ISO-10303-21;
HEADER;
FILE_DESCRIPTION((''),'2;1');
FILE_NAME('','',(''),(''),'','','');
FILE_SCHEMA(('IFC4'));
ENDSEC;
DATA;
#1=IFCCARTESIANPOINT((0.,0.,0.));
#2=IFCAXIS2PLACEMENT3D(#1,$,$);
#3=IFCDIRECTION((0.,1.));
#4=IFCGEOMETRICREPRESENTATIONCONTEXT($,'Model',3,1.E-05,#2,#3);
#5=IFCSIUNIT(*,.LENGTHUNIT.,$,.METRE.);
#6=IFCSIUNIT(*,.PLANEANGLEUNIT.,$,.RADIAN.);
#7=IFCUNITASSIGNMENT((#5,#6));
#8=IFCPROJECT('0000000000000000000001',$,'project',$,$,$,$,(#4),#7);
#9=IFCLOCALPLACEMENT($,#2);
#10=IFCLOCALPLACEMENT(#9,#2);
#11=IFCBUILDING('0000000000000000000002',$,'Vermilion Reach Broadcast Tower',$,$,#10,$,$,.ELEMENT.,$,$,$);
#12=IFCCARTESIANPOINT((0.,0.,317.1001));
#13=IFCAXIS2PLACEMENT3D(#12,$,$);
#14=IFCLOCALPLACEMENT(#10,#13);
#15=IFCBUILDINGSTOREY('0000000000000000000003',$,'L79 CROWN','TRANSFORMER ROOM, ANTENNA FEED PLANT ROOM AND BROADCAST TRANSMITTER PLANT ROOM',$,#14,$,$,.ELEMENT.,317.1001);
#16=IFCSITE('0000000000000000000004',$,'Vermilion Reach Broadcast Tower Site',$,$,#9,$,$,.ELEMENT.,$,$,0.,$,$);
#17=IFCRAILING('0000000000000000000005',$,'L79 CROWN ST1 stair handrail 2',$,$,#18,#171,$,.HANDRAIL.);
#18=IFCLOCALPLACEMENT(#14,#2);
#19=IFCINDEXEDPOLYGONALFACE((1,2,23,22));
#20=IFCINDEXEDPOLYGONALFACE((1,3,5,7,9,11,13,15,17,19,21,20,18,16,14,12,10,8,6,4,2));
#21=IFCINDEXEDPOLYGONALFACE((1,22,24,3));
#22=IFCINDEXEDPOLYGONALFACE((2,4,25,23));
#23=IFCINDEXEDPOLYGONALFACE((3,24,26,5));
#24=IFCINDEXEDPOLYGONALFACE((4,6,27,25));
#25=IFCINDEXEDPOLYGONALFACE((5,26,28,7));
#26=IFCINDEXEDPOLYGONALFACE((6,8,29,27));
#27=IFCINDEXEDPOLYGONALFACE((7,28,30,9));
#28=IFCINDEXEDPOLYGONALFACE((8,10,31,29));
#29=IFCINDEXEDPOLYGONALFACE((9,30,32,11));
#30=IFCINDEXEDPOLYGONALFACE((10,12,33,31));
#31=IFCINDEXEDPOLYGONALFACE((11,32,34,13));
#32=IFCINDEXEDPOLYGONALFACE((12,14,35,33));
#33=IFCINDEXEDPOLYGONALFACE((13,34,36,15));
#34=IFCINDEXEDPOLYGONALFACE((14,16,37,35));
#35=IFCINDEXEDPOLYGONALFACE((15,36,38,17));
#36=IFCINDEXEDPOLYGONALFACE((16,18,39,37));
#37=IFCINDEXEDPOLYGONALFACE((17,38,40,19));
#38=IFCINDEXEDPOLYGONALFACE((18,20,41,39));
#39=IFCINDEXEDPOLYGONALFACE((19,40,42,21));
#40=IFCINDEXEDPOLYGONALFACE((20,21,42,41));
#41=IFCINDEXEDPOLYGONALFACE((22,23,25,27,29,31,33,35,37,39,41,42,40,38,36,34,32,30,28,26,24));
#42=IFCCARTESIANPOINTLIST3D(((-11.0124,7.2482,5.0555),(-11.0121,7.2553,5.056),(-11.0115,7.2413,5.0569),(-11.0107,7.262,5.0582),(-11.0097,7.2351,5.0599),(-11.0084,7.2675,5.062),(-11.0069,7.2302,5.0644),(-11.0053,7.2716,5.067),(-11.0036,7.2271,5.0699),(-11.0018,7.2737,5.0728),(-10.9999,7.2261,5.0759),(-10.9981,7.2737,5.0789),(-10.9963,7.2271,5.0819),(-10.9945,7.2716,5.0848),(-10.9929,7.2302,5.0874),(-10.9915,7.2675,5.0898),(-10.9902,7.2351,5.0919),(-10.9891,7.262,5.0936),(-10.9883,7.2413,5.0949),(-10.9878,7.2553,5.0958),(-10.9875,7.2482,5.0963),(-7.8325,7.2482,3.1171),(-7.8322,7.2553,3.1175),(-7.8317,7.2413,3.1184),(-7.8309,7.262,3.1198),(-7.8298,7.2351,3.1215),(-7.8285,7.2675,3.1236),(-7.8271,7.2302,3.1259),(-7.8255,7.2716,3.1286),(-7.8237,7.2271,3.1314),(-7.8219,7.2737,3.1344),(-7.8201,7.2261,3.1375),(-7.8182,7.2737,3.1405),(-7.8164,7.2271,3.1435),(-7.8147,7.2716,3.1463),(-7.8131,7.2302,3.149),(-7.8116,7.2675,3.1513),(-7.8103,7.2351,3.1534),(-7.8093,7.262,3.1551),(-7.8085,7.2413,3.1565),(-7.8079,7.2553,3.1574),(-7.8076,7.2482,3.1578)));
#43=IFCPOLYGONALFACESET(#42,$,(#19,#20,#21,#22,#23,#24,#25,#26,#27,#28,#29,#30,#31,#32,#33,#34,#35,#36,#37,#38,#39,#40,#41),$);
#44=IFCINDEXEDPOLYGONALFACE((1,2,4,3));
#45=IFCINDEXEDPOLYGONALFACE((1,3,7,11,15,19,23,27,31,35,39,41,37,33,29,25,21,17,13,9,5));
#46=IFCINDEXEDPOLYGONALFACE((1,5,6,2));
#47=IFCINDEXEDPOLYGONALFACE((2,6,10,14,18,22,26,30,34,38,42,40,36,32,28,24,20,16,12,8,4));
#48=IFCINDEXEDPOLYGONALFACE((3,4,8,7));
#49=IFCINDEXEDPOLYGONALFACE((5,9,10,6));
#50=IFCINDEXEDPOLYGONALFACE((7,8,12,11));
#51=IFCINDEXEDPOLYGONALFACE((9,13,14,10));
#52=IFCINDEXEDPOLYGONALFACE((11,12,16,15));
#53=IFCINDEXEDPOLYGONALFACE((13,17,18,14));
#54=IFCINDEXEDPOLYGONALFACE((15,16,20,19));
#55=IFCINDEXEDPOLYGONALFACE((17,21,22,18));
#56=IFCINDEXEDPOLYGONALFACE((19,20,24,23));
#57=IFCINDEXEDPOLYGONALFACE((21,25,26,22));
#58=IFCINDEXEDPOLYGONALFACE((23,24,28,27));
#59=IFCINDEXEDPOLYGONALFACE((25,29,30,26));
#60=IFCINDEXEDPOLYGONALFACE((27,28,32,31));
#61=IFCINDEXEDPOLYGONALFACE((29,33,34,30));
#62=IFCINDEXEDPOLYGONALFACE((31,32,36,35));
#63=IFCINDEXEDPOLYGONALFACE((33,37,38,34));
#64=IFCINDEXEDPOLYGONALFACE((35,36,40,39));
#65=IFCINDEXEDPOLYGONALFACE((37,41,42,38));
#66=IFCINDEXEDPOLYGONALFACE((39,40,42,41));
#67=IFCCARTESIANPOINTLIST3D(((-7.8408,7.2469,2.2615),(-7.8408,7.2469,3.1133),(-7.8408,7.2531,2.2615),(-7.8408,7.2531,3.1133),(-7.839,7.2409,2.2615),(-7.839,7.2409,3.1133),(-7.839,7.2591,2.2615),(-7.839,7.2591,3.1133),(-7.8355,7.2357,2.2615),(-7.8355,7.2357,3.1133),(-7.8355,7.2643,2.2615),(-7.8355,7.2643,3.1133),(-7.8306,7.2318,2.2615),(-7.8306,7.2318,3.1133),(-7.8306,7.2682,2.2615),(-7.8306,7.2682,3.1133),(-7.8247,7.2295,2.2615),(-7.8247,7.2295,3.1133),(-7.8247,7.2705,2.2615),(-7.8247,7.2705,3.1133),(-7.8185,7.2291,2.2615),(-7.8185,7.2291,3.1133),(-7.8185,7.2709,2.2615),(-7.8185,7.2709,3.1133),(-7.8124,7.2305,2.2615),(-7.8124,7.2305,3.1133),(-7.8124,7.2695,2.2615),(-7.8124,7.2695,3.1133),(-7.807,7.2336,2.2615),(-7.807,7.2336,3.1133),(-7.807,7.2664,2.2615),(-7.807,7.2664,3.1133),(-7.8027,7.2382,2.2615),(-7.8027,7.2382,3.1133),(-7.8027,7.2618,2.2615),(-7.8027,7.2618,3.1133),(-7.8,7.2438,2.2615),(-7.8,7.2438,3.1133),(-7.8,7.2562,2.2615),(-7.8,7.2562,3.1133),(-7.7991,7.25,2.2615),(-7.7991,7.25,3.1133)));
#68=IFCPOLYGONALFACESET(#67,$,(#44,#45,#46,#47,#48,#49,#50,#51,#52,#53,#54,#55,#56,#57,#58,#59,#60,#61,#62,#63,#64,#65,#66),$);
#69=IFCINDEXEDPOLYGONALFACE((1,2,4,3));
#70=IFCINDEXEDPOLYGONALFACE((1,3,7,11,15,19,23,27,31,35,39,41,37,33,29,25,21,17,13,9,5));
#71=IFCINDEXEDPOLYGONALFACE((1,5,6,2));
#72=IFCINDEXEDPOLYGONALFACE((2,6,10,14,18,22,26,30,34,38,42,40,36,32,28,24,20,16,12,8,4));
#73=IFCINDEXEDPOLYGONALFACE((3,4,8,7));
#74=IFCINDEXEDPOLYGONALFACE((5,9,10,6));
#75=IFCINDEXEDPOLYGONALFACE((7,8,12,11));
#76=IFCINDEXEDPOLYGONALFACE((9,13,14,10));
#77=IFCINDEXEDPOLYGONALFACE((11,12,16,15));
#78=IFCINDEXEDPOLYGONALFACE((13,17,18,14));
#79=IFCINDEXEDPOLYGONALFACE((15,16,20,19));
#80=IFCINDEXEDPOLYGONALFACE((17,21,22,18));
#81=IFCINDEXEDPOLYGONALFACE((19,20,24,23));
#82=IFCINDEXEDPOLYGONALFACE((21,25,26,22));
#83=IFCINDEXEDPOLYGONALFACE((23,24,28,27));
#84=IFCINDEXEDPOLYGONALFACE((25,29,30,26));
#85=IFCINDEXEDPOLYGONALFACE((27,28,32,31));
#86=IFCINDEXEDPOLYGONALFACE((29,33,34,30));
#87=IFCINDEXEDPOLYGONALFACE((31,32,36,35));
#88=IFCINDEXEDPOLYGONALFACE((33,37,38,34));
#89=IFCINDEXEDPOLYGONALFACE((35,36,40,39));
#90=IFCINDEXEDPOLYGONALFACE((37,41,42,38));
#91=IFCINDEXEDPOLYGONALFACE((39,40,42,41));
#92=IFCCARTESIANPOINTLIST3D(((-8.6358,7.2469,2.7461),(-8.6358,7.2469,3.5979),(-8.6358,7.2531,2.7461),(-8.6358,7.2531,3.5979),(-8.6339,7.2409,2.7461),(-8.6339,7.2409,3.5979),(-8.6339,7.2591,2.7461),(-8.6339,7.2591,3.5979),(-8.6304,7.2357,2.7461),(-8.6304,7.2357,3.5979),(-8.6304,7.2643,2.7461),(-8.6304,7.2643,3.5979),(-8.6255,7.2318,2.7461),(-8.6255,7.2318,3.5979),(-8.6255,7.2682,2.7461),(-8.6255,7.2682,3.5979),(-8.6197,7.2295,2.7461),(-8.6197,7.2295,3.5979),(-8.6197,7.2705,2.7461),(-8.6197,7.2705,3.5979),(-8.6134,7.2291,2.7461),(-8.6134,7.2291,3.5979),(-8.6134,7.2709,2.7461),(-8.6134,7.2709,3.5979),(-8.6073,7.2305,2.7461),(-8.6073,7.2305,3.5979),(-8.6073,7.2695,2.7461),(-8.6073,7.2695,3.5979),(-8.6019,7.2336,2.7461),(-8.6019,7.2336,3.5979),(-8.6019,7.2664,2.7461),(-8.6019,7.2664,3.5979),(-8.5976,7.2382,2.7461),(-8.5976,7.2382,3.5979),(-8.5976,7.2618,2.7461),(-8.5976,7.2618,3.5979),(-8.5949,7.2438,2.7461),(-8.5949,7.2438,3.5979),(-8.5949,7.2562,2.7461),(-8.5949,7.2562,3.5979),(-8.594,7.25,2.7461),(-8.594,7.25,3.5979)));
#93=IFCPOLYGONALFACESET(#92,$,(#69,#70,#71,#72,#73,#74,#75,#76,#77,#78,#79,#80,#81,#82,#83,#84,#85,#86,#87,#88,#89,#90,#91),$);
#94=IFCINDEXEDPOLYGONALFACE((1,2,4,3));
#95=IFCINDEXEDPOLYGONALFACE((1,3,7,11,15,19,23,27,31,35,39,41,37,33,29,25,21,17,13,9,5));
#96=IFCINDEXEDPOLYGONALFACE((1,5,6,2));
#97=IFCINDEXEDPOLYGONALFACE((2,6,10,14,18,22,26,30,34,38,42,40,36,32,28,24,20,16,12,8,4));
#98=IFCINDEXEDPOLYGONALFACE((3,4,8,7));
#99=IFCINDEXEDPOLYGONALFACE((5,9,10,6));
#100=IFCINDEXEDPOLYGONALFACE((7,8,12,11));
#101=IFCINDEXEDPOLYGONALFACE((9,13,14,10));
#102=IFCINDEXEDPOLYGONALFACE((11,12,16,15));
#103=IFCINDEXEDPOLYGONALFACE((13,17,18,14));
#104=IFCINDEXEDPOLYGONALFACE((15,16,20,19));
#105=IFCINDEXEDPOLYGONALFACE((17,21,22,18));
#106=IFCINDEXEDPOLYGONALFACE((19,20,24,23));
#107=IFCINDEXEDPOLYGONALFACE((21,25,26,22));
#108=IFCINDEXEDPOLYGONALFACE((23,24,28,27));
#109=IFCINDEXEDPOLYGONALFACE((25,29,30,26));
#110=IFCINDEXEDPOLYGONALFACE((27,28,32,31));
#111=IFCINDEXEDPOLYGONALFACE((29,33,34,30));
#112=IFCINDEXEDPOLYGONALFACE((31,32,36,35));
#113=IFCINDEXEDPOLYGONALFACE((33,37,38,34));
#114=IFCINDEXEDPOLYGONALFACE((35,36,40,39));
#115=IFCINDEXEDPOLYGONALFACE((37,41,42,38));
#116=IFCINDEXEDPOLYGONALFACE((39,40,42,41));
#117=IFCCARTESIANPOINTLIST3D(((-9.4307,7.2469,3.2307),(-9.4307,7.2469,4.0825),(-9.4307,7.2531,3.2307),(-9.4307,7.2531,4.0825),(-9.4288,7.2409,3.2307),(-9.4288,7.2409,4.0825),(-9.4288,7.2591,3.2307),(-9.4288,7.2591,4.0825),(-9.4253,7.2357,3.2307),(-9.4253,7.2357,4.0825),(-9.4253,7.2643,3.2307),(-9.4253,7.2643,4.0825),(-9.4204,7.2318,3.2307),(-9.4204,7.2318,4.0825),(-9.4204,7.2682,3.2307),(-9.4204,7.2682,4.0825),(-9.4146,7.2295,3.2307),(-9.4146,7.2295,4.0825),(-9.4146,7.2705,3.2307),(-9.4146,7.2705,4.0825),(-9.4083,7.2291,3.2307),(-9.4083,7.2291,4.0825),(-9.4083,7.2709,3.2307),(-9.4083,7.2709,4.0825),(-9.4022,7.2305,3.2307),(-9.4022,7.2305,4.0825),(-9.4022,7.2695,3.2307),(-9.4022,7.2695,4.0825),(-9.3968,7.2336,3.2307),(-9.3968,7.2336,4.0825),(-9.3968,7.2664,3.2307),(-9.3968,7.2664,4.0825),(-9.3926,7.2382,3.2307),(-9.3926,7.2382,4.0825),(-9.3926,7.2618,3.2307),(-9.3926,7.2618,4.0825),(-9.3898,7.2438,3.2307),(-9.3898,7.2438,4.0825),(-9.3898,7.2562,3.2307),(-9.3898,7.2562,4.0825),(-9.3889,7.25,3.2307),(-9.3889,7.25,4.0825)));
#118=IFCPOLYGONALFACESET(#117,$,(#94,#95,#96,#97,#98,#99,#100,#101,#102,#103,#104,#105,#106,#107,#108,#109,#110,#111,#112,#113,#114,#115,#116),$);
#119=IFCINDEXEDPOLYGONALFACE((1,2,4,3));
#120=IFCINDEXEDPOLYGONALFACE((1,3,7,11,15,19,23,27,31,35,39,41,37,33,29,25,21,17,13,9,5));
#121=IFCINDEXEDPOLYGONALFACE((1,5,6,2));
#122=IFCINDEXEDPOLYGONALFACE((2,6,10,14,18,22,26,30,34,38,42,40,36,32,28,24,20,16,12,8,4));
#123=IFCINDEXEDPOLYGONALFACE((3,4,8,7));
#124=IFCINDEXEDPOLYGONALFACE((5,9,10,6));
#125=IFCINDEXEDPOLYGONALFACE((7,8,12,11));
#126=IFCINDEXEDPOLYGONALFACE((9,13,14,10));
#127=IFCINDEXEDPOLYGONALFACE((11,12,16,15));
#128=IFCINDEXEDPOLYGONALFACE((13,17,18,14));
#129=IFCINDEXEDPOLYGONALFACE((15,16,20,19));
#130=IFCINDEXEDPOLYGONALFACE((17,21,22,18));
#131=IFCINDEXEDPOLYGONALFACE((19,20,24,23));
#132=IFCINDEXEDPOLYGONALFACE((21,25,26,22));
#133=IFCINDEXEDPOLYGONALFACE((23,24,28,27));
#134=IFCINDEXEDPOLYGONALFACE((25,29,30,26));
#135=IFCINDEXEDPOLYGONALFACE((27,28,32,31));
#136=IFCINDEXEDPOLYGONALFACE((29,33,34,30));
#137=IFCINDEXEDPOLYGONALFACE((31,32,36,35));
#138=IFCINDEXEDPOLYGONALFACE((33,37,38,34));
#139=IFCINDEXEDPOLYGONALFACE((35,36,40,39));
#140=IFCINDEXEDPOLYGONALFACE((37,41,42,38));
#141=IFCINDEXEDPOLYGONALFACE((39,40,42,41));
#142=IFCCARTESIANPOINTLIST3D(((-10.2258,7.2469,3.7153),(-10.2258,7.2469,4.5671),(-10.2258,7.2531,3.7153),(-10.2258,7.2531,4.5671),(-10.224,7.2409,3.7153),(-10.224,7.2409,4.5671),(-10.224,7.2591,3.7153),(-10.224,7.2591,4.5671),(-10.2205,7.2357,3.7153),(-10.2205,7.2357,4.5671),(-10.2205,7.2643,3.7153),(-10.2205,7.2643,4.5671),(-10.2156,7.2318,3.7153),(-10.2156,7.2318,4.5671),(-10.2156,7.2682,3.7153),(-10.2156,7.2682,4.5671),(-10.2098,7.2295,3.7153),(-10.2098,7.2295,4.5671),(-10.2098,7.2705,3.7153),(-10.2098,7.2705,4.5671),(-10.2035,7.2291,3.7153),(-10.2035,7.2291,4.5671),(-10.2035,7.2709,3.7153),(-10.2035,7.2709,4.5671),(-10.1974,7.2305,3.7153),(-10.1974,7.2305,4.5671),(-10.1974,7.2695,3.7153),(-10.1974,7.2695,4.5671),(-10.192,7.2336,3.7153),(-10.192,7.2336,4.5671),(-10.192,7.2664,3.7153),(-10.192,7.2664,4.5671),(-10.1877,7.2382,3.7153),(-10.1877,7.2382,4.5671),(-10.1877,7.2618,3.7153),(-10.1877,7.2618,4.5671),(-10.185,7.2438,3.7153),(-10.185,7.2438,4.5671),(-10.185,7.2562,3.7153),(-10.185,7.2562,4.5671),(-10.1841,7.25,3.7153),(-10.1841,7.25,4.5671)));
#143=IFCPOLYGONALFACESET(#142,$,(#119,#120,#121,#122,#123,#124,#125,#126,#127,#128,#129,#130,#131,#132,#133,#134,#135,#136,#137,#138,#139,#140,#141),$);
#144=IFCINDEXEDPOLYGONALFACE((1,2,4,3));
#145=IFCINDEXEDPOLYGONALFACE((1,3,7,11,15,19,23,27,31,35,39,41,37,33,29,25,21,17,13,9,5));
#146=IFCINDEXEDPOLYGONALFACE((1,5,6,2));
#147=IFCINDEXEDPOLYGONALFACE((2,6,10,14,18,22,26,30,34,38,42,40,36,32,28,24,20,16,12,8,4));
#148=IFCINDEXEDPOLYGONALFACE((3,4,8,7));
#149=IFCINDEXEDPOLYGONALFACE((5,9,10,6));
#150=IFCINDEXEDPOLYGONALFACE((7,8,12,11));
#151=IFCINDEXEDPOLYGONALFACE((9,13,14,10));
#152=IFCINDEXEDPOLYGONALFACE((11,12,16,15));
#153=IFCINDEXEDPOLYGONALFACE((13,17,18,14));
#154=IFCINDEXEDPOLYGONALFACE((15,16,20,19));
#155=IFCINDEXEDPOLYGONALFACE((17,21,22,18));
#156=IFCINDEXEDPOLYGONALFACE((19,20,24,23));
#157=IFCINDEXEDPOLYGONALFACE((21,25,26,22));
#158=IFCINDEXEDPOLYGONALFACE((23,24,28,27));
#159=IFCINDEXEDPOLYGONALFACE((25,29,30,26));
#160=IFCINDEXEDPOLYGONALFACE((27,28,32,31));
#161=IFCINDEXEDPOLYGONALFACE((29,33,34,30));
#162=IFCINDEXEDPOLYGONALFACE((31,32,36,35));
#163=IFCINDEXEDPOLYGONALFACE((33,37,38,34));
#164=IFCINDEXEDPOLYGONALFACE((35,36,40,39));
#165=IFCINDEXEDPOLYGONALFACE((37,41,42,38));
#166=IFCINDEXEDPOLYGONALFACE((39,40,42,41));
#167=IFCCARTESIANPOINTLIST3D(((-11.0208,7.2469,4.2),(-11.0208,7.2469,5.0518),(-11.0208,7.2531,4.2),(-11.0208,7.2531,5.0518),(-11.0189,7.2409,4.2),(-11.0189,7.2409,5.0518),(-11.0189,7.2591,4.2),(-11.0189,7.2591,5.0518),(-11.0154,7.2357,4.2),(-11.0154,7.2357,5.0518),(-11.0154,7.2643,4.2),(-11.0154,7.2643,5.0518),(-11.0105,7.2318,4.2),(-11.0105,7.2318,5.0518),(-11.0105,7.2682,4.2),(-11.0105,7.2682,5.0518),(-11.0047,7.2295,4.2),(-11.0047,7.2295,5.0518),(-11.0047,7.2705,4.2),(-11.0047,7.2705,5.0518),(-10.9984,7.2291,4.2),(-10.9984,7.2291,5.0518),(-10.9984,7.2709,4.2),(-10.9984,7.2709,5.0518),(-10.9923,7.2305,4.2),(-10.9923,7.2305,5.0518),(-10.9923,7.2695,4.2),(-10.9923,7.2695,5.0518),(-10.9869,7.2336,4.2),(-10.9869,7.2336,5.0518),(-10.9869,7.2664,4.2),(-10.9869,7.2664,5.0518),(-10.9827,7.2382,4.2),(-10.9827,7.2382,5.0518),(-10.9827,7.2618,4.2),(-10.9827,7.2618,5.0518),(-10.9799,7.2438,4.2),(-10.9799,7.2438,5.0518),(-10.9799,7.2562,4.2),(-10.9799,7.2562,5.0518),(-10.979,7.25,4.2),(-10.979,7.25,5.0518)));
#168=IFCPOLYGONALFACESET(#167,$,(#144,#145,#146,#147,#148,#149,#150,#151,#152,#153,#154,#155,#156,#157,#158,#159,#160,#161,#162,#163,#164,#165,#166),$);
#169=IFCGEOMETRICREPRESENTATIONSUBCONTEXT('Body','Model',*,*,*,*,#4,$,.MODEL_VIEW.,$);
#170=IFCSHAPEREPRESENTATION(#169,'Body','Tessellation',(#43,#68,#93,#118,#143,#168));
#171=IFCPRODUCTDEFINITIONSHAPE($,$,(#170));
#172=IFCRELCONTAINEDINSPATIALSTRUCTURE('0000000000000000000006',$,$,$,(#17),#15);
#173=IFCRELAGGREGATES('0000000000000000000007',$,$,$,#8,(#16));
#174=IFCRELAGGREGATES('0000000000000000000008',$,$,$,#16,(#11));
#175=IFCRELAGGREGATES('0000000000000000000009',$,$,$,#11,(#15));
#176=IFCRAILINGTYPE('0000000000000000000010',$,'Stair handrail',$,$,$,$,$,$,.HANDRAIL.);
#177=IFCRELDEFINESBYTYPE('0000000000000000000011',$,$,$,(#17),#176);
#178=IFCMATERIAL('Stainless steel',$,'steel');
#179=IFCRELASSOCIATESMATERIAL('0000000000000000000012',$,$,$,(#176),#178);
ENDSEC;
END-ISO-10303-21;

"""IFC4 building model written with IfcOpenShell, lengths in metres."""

from ifc_helpers import new_model, si_unit, direction, frame, origin, origin_2d, place, context, subcontext, project, spatial, circle, extrude, material, type_object, element, save


model = new_model("IFC4")

# Units and contexts
model_context = context("Model", 3, precision=1e-05, world=origin(), true_north=direction((0.0, 1.0)))
body_context = subcontext(model_context, "Body", "Model", "MODEL_VIEW")
ifc_project = project(units=[si_unit("LENGTHUNIT", "METRE"), si_unit("PLANEANGLEUNIT", "RADIAN")], contexts=[model_context])

# Site, building, storey
site_placement = place(None, origin())
site = spatial("IfcSite", under=ifc_project, at=site_placement, Name="Vermilion Reach Broadcast Tower Site", CompositionType="ELEMENT", RefElevation=0.0)
building_placement = place(site_placement, origin())
building = spatial("IfcBuilding", under=site, at=building_placement, Name="Vermilion Reach Broadcast Tower", CompositionType="ELEMENT")
storey_placement = place(building_placement, frame((0.0, 0.0, 317.1001)))
storey = spatial("IfcBuildingStorey", under=building, at=storey_placement, Name="L79 CROWN", Description="TRANSFORMER ROOM, ANTENNA FEED PLANT ROOM AND BROADCAST TRANSMITTER PLANT ROOM", CompositionType="ELEMENT", Elevation=317.1001)

# Railing
ifc_material_1 = material(Name="Stainless steel", Category="steel")
railing_type_1 = type_object("IfcRailingType", Name="Stair handrail", PredefinedType="HANDRAIL", material=ifc_material_1)
railing_1_placement = place(storey_placement, frame((-7.8201, 7.25, 2.2615)))
element("IfcRailing", 1, at=railing_1_placement, inside=storey, type_object=railing_type_1, Name="L79 CROWN ST1 stair handrail 2", PredefinedType="HANDRAIL", context=body_context, shape_type="SweptSolid", body=[
    extrude(circle(Radius=0.0239, at=origin_2d()), frame((0.0, 0.0, 0.876), z_axis=(-0.853857, 0.0, 0.520508), x_axis=(0.0, -1.0, 0.0)), (0.0, 0.0, 1.0), 3.7241),
    extrude(circle(Radius=0.021, at=origin_2d()), origin(), (0.0, 0.0, 1.0), 0.8518),
    extrude(circle(Radius=0.021, at=origin_2d()), frame((-0.7949, 0.0, 0.4846)), (0.0, 0.0, 1.0), 0.8518),
    extrude(circle(Radius=0.021, at=origin_2d()), frame((-1.5898, 0.0, 0.9692)), (0.0, 0.0, 1.0), 0.8518),
    extrude(circle(Radius=0.021, at=origin_2d()), frame((-2.385, 0.0, 1.4539)), (0.0, 0.0, 1.0), 0.8518),
    extrude(circle(Radius=0.021, at=origin_2d()), frame((-3.1799, 0.0, 1.9385)), (0.0, 0.0, 1.0), 0.8518),
])

save(model, "model.ifc")
